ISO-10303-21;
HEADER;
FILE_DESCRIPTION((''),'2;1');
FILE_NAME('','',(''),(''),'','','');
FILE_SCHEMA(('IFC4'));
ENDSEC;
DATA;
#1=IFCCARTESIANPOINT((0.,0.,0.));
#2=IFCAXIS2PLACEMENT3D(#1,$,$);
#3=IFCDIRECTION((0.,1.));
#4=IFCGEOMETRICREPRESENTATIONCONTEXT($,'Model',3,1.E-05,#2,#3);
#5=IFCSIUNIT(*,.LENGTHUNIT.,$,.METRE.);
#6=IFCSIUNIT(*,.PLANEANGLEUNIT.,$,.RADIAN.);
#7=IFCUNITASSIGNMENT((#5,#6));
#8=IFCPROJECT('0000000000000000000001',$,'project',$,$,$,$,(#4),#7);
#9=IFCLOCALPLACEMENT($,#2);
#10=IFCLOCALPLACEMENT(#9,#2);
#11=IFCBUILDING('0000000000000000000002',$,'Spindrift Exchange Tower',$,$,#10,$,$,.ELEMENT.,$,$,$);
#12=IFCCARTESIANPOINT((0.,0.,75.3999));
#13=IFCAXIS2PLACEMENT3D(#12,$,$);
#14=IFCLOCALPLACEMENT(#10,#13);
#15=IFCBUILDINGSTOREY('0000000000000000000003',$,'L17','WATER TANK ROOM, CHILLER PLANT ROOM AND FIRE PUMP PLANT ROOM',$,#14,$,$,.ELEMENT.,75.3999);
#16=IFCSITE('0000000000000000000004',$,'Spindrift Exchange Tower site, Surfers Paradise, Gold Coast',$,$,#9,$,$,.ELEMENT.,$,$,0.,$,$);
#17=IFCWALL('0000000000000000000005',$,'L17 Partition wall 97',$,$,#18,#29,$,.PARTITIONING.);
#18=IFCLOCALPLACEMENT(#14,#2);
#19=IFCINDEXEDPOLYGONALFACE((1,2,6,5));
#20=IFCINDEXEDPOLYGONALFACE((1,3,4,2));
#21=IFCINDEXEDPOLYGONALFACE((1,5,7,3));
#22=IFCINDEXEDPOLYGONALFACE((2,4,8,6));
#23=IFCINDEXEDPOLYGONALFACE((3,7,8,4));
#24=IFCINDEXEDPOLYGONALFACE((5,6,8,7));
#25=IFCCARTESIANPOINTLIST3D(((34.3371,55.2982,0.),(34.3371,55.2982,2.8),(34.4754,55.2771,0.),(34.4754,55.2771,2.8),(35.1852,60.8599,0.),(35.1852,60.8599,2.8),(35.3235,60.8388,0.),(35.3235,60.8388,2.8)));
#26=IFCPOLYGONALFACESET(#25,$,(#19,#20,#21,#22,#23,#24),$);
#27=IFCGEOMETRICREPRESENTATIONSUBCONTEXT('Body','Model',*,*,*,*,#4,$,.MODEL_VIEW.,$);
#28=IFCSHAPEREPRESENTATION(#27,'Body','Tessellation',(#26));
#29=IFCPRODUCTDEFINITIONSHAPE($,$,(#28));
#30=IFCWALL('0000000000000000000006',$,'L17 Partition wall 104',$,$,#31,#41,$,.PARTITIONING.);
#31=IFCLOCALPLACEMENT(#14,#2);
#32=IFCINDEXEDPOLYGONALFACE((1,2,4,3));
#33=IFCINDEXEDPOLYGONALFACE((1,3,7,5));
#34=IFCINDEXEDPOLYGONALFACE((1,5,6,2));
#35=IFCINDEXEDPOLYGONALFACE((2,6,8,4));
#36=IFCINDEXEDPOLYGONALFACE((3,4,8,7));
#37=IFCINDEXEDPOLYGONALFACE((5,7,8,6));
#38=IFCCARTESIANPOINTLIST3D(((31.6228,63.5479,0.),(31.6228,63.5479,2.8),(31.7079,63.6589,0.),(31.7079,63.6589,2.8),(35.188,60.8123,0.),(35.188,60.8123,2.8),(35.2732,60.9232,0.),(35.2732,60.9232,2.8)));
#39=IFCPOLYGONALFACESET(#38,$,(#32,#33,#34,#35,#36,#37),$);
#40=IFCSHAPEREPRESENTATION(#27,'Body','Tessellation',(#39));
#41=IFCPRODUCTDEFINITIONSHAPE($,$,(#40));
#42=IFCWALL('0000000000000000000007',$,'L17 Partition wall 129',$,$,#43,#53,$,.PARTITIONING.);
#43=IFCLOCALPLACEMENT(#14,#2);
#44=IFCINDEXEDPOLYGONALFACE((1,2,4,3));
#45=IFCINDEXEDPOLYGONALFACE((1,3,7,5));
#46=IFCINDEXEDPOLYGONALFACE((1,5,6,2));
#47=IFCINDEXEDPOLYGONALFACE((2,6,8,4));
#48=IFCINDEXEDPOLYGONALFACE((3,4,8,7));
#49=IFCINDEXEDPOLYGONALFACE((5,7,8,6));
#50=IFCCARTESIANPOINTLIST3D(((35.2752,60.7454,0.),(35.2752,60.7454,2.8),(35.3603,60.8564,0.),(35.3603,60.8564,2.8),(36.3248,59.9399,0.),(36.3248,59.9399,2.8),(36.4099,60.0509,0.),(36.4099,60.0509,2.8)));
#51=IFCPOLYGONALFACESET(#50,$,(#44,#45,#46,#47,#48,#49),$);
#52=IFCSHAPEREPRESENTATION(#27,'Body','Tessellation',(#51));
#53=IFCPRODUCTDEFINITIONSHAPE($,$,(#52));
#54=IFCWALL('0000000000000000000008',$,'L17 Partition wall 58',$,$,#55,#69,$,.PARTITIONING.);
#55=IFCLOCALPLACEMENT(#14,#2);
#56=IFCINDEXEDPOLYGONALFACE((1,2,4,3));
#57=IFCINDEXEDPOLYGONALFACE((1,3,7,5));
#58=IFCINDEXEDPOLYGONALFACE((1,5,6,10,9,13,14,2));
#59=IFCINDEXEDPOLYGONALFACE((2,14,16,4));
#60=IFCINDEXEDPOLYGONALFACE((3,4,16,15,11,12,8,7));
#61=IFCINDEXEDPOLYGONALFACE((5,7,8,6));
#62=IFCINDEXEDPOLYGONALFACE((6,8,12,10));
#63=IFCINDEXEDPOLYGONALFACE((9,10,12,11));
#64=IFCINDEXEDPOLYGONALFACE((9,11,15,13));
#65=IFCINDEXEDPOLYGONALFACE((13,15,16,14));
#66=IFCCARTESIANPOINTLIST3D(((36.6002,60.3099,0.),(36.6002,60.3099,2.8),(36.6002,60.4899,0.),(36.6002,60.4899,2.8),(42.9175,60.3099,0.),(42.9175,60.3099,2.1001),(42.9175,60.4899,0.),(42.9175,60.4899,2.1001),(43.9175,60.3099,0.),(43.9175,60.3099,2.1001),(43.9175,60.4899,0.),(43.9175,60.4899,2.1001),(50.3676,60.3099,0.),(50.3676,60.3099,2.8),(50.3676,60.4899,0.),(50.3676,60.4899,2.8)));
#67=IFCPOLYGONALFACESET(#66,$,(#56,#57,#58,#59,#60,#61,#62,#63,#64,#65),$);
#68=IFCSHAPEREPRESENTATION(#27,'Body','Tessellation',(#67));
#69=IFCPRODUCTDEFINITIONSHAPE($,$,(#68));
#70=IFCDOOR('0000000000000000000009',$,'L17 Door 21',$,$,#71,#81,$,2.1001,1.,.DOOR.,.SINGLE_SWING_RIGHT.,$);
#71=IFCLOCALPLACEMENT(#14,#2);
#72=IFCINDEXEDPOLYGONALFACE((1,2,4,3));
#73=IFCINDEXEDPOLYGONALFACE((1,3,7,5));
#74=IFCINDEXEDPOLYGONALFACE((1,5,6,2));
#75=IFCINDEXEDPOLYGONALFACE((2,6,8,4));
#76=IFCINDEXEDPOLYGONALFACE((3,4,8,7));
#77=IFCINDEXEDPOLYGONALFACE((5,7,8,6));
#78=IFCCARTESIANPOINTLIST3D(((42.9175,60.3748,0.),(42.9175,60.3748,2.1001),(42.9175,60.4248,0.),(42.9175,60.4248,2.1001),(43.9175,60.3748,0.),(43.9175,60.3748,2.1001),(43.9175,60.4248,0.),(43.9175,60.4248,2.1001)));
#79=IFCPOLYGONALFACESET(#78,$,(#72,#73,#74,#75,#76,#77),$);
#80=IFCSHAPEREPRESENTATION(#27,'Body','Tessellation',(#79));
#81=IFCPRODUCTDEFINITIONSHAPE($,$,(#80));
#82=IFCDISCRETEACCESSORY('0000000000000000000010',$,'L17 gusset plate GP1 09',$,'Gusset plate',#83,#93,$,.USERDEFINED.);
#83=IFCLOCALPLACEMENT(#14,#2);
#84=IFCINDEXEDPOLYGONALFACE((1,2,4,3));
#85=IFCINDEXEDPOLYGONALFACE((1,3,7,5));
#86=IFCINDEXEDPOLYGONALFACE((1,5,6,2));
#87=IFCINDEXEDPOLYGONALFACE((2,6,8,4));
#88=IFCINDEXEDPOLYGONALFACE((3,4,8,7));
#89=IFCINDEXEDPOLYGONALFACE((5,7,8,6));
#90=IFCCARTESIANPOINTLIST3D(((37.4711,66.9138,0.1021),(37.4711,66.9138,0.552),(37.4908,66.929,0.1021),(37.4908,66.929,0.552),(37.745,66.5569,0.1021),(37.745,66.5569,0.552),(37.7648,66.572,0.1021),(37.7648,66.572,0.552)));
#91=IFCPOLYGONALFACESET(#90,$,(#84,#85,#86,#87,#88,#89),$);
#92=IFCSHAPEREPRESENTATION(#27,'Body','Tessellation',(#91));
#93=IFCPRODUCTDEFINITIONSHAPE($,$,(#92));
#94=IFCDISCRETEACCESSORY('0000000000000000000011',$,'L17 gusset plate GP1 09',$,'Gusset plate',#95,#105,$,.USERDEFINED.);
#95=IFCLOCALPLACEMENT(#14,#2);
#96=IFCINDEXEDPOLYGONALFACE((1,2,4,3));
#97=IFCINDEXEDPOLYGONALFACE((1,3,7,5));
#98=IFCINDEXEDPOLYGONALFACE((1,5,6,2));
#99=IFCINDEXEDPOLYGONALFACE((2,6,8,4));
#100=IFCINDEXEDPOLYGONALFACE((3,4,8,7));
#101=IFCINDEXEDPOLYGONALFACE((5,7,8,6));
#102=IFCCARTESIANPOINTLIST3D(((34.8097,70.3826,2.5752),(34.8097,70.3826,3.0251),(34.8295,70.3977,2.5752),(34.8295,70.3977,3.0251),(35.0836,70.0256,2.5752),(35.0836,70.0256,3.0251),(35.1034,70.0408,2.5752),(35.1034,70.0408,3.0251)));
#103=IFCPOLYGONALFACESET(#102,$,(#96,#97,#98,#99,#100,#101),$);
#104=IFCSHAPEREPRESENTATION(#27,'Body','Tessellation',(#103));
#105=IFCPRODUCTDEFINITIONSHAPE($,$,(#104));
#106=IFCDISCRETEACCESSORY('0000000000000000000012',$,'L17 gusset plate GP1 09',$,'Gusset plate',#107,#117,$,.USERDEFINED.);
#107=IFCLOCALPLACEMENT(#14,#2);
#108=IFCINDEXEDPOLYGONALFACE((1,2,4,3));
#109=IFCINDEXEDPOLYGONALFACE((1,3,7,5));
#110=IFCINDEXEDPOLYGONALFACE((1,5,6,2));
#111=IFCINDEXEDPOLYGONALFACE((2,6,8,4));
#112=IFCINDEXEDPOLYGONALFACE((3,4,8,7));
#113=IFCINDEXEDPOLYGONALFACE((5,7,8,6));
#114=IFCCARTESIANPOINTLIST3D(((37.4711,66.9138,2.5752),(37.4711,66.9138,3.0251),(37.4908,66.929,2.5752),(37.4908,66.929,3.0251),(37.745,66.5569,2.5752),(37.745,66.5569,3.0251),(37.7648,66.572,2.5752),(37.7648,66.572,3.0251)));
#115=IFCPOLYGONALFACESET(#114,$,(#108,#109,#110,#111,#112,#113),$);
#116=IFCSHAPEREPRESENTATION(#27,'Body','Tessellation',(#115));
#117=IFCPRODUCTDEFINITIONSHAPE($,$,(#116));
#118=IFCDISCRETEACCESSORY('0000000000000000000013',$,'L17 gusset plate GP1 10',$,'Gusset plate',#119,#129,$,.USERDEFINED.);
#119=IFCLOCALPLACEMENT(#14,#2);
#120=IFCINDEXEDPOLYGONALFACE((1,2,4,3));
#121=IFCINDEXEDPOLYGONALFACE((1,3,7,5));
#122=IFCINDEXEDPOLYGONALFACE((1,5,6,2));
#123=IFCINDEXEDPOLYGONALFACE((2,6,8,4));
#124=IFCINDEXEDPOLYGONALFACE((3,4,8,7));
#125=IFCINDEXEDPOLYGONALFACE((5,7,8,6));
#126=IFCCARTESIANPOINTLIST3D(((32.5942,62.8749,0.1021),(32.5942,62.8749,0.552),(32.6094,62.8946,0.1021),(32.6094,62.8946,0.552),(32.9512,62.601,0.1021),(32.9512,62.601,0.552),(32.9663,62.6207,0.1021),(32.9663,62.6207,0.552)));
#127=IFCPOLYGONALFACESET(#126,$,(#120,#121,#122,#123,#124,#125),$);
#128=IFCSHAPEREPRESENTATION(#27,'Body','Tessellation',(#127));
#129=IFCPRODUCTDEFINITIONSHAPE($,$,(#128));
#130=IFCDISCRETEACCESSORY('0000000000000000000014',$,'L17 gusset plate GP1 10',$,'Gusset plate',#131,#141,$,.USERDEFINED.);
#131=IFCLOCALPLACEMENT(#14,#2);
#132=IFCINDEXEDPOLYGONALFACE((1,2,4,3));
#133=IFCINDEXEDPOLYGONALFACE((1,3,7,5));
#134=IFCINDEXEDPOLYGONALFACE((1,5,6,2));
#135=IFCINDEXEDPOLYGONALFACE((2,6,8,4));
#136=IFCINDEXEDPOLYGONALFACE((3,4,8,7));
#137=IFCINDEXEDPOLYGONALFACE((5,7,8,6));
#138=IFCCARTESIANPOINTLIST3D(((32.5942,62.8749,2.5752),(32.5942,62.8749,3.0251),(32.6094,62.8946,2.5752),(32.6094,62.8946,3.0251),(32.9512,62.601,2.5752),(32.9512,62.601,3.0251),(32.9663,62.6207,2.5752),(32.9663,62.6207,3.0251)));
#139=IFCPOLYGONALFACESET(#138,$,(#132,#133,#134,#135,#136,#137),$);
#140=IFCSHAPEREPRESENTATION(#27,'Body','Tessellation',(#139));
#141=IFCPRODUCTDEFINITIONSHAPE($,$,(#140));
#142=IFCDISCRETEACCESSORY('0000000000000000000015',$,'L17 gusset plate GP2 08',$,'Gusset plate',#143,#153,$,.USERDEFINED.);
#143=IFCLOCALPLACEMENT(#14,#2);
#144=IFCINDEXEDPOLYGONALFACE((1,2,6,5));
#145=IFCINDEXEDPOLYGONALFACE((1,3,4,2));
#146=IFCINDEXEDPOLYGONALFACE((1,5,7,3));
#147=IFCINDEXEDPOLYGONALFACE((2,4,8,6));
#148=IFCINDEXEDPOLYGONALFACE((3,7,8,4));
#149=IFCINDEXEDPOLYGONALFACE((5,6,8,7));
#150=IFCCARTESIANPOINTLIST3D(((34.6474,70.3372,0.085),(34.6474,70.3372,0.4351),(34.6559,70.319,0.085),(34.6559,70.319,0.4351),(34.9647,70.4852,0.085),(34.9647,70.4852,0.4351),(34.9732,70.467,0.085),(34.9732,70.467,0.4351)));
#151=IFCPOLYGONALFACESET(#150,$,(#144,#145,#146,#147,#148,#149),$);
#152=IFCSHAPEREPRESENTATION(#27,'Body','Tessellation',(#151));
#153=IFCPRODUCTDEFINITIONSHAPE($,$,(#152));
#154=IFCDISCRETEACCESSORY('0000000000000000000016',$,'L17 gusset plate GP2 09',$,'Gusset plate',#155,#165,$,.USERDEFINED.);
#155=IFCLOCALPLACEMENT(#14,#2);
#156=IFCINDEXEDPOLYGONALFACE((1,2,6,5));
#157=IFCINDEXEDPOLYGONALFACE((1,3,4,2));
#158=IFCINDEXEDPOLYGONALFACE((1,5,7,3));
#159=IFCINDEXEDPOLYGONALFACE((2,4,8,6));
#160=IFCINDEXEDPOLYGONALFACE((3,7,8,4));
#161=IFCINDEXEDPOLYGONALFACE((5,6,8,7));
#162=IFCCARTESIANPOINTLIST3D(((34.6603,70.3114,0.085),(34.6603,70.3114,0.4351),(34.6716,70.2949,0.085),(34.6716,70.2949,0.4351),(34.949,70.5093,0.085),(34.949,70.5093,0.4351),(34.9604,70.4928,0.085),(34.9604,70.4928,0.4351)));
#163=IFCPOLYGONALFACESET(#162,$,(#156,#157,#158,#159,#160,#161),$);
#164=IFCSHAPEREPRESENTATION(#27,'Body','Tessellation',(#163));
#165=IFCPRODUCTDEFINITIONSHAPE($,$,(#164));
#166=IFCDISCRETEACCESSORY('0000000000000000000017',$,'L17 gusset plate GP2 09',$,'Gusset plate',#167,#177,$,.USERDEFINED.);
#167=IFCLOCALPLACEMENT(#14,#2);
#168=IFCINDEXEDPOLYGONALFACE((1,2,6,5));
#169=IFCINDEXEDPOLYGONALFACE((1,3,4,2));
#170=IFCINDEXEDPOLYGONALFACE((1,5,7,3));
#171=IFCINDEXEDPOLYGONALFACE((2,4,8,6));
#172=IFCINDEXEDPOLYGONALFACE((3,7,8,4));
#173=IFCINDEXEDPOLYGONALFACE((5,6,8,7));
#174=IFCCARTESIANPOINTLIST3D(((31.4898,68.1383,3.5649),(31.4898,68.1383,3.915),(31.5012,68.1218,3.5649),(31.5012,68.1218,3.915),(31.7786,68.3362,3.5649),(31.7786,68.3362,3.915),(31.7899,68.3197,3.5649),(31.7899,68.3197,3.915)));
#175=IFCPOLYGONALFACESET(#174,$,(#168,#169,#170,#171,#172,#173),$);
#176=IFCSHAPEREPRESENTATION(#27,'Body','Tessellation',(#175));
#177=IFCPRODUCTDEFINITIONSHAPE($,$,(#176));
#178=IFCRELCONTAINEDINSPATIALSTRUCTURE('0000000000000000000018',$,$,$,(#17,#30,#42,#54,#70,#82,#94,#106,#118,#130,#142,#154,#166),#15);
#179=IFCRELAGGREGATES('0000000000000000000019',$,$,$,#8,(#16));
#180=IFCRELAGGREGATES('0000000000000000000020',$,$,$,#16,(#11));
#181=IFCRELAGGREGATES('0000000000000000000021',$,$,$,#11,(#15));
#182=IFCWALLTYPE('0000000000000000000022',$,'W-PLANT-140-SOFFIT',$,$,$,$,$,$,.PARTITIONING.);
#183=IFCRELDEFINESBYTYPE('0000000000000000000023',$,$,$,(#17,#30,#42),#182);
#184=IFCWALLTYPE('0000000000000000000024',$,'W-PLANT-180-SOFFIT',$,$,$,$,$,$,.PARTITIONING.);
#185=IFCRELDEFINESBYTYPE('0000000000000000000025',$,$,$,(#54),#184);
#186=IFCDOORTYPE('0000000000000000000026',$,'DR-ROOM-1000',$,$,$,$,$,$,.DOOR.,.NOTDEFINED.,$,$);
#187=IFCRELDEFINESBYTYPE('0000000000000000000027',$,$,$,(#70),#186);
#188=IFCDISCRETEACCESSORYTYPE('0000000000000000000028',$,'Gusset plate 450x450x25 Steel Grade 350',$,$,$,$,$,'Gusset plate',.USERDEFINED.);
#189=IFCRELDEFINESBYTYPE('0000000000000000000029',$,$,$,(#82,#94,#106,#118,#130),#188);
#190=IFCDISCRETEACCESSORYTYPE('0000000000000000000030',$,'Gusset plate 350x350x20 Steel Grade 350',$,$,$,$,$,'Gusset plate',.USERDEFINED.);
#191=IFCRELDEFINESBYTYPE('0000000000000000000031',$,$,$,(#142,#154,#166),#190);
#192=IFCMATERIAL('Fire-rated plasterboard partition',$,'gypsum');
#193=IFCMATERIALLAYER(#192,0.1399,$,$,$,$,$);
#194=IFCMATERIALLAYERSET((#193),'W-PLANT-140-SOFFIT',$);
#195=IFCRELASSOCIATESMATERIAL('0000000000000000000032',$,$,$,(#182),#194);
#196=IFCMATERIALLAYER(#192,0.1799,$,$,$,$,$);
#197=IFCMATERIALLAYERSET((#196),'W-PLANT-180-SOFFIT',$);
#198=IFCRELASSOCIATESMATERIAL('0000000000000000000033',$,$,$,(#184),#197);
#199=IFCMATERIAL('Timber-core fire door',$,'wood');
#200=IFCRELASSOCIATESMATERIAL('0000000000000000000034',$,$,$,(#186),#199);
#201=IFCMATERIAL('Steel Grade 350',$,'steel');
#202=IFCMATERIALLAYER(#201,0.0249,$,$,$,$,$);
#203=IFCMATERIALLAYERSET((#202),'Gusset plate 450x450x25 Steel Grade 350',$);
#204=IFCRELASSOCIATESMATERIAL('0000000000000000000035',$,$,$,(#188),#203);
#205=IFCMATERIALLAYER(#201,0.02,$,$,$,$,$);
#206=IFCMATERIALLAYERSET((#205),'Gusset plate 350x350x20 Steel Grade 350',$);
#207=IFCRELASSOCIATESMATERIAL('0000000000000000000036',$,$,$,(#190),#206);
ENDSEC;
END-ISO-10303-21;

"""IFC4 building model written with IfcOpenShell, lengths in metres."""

from ifc_helpers import new_model, si_unit, direction, frame, frame_2d, origin, origin_2d, place, context, subcontext, project, spatial, rectangle, extrude, source, transform, mapped, material, layer, layer_set, type_object, element, fill, save


model = new_model("IFC4")

# Units and contexts
model_context = context("Model", 3, precision=1e-05, world=origin(), true_north=direction((0.0, 1.0)))
body_context = subcontext(model_context, "Body", "Model", "MODEL_VIEW")
ifc_project = project(units=[si_unit("LENGTHUNIT", "METRE"), si_unit("PLANEANGLEUNIT", "RADIAN")], contexts=[model_context])

# Site, building, storey
site_placement = place(None, origin())
site = spatial("IfcSite", under=ifc_project, at=site_placement, Name="Spindrift Exchange Tower site, Surfers Paradise, Gold Coast", CompositionType="ELEMENT", RefElevation=0.0)
building_placement = place(site_placement, origin())
building = spatial("IfcBuilding", under=site, at=building_placement, Name="Spindrift Exchange Tower", CompositionType="ELEMENT")
storey_placement = place(building_placement, frame((0.0, 0.0, 75.3999)))
storey = spatial("IfcBuildingStorey", under=building, at=storey_placement, Name="L17", Description="WATER TANK ROOM, CHILLER PLANT ROOM AND FIRE PUMP PLANT ROOM", CompositionType="ELEMENT", Elevation=75.3999)

# Shared definitions
ifc_material_1 = material(Name="Steel Grade 350", Category="steel")

# Walls
ifc_material_2 = material(Name="Fire-rated plasterboard partition", Category="gypsum")
ifc_layer_1 = layer(ifc_material_2, 0.1399)
ifc_layer_set_1 = layer_set([ifc_layer_1], Name="W-PLANT-140-SOFFIT")
wall_type_1 = type_object("IfcWallType", Name="W-PLANT-140-SOFFIT", PredefinedType="PARTITIONING", material=ifc_layer_set_1)
wall_1_placement = place(storey_placement, frame((35.2544, 60.8494, 0.0), z_axis=(0.0, 0.0, 1.0), x_axis=(-0.150753, -0.988572, 0.0)))
element("IfcWall", 1, at=wall_1_placement, inside=storey, type_object=wall_type_1, Name="L17 Partition wall 97", PredefinedType="PARTITIONING", context=body_context, shape_type="SweptSolid", body=[
    extrude(rectangle(XDim=5.626, YDim=0.1399, at=frame_2d((2.813, 0.0))), origin(), (0.0, 0.0, 1.0), 2.8),
])
wall_2_placement = place(storey_placement, frame((35.2307, 60.8677, 0.0), z_axis=(0.0, 0.0, 1.0), x_axis=(-0.793361, 0.608752, 0.0)))
element("IfcWall", 2, at=wall_2_placement, inside=storey, type_object=wall_type_1, Name="L17 Partition wall 104", PredefinedType="PARTITIONING", context=body_context, shape_type="SweptSolid", body=[
    extrude(rectangle(XDim=4.4939, YDim=0.1399, at=frame_2d((2.2471, 0.0))), origin(), (0.0, 0.0, 1.0), 2.8),
])
wall_3_placement = place(storey_placement, frame((36.3674, 59.9954, 0.0), z_axis=(0.0, 0.0, 1.0), x_axis=(-0.79333, 0.608792, 0.0)))
element("IfcWall", 3, at=wall_3_placement, inside=storey, type_object=wall_type_1, Name="L17 Partition wall 129", PredefinedType="PARTITIONING", context=body_context, shape_type="SweptSolid", body=[
    extrude(rectangle(XDim=1.323, YDim=0.1399, at=frame_2d((0.6616, 0.0))), origin(), (0.0, 0.0, 1.0), 2.8),
])

# Wall, opening, door
ifc_layer_2 = layer(ifc_material_2, 0.1799)
ifc_layer_set_2 = layer_set([ifc_layer_2], Name="W-PLANT-180-SOFFIT")
wall_type_2 = type_object("IfcWallType", Name="W-PLANT-180-SOFFIT", PredefinedType="PARTITIONING", material=ifc_layer_set_2)
wall_4_placement = place(storey_placement, frame((36.6001, 60.3999, 0.0), z_axis=(0.0, 0.0, 1.0), x_axis=(1.0, 0.0, 0.0)))
wall_4 = element("IfcWall", 4, at=wall_4_placement, inside=storey, type_object=wall_type_2, Name="L17 Partition wall 58", PredefinedType="PARTITIONING", context=body_context, shape_type="SweptSolid", body=[
    extrude(rectangle(XDim=13.7673, YDim=0.1799, at=frame_2d((6.8838, 0.0))), origin(), (0.0, 0.0, 1.0), 2.8),
])
opening_placement = place(wall_4_placement, frame((6.3174, 0.0, 0.0)))
opening = element("IfcOpeningElement", 5, at=opening_placement, cuts=wall_4, PredefinedType="OPENING", context=body_context, shape_type="SweptSolid", body=[
    extrude(rectangle(XDim=1.0, YDim=2.1001, at=frame_2d((0.5, 1.05))), frame((0.0, 0.0999, 0.0), z_axis=(0.0, -1.0, 0.0), x_axis=(1.0, 0.0, 0.0)), (0.0, 0.0, 1.0), 0.2),
])
ifc_material_3 = material(Name="Timber-core fire door", Category="wood")
door_type = type_object("IfcDoorType", Name="DR-ROOM-1000", OperationType="NOTDEFINED", PredefinedType="DOOR", material=ifc_material_3)
shared_shape_1 = source(origin(), body_context, "Body", "SweptSolid", [
    extrude(rectangle(XDim=1.0, YDim=2.1001, at=frame_2d((0.5, 1.05))), frame((0.0, 0.0249, 0.0), z_axis=(0.0, -1.0, 0.0), x_axis=(1.0, 0.0, 0.0)), (0.0, 0.0, 1.0), 0.05),
])
door_placement = place(opening_placement, origin())
door = element("IfcDoor", 6, at=door_placement, inside=storey, type_object=door_type, Name="L17 Door 21", OperationType="SINGLE_SWING_RIGHT", OverallHeight=2.1001, OverallWidth=1.0, PredefinedType="DOOR", context=body_context, shape_type="MappedRepresentation", body=[
    mapped(shared_shape_1, transform((0.0, 0.0, 0.0), scale=1.0)),
])
fill(opening, door)

# Discrete accessories
ifc_layer_3 = layer(ifc_material_1, 0.0249)
ifc_layer_set_3 = layer_set([ifc_layer_3], Name="Gusset plate 450x450x25 Steel Grade 350")
discrete_accessory_type_1 = type_object("IfcDiscreteAccessoryType", Name="Gusset plate 450x450x25 Steel Grade 350", ElementType="Gusset plate", PredefinedType="USERDEFINED", material=ifc_layer_set_3)
shared_shape_2 = source(origin(), body_context, "Body", "SweptSolid", [
    extrude(rectangle(XDim=0.45, YDim=0.0249, at=origin_2d()), origin(), (0.0, 0.0, 1.0), 0.45),
])
for number, where, z_axis, x_axis, name in (
    (7, (37.6179, 66.7429, 0.1021), (0.0, 0.0, 1.0), (-0.608764, 0.793351, 0.0), "L17 gusset plate GP1 09"),
    (8, (34.9565, 70.2117, 2.5752), (0.0, 0.0, 1.0), (-0.608755, 0.793359, 0.0), "L17 gusset plate GP1 09"),
    (9, (37.6179, 66.7429, 2.5752), (0.0, 0.0, 1.0), (-0.608761, 0.793353, 0.0), "L17 gusset plate GP1 09"),
    (10, (32.7803, 62.7478, 0.1021), (0.0, 0.0, 1.0), (-0.793348, 0.608768, 0.0), "L17 gusset plate GP1 10"),
    (11, (32.7803, 62.7478, 2.5752), (0.0, 0.0, 1.0), (-0.793353, 0.608761, 0.0), "L17 gusset plate GP1 10"),
):
    element("IfcDiscreteAccessory", number, at=place(storey_placement, frame(where, z_axis=z_axis, x_axis=x_axis)), inside=storey, type_object=discrete_accessory_type_1, Name=name, ObjectType="Gusset plate", PredefinedType="USERDEFINED", context=body_context, shape_type="MappedRepresentation", body=[
        mapped(shared_shape_2, transform((0.0, 0.0, 0.0), scale=1.0)),
    ])
ifc_layer_4 = layer(ifc_material_1, 0.02)
ifc_layer_set_4 = layer_set([ifc_layer_4], Name="Gusset plate 350x350x20 Steel Grade 350")
discrete_accessory_type_2 = type_object("IfcDiscreteAccessoryType", Name="Gusset plate 350x350x20 Steel Grade 350", ElementType="Gusset plate", PredefinedType="USERDEFINED", material=ifc_layer_set_4)
shared_shape_3 = source(origin(), body_context, "Body", "SweptSolid", [
    extrude(rectangle(XDim=0.3501, YDim=0.02, at=origin_2d()), origin(), (0.0, 0.0, 1.0), 0.3501),
])
for number, where, z_axis, x_axis, name in (
    (12, (34.8103, 70.4021, 0.085), (0.0, 0.0, 1.0), (-0.906252, -0.422737, 0.0), "L17 gusset plate GP2 08"),
    (13, (34.8103, 70.4021, 0.085), (0.0, 0.0, 1.0), (-0.824853, -0.565347, 0.0), "L17 gusset plate GP2 09"),
    (14, (31.6399, 68.229, 3.5649), (0.0, 0.0, 1.0), (-0.824853, -0.565347, 0.0), "L17 gusset plate GP2 09"),
):
    element("IfcDiscreteAccessory", number, at=place(storey_placement, frame(where, z_axis=z_axis, x_axis=x_axis)), inside=storey, type_object=discrete_accessory_type_2, Name=name, ObjectType="Gusset plate", PredefinedType="USERDEFINED", context=body_context, shape_type="MappedRepresentation", body=[
        mapped(shared_shape_3, transform((0.0, 0.0, 0.0), scale=1.0)),
    ])

save(model, "model.ifc")
